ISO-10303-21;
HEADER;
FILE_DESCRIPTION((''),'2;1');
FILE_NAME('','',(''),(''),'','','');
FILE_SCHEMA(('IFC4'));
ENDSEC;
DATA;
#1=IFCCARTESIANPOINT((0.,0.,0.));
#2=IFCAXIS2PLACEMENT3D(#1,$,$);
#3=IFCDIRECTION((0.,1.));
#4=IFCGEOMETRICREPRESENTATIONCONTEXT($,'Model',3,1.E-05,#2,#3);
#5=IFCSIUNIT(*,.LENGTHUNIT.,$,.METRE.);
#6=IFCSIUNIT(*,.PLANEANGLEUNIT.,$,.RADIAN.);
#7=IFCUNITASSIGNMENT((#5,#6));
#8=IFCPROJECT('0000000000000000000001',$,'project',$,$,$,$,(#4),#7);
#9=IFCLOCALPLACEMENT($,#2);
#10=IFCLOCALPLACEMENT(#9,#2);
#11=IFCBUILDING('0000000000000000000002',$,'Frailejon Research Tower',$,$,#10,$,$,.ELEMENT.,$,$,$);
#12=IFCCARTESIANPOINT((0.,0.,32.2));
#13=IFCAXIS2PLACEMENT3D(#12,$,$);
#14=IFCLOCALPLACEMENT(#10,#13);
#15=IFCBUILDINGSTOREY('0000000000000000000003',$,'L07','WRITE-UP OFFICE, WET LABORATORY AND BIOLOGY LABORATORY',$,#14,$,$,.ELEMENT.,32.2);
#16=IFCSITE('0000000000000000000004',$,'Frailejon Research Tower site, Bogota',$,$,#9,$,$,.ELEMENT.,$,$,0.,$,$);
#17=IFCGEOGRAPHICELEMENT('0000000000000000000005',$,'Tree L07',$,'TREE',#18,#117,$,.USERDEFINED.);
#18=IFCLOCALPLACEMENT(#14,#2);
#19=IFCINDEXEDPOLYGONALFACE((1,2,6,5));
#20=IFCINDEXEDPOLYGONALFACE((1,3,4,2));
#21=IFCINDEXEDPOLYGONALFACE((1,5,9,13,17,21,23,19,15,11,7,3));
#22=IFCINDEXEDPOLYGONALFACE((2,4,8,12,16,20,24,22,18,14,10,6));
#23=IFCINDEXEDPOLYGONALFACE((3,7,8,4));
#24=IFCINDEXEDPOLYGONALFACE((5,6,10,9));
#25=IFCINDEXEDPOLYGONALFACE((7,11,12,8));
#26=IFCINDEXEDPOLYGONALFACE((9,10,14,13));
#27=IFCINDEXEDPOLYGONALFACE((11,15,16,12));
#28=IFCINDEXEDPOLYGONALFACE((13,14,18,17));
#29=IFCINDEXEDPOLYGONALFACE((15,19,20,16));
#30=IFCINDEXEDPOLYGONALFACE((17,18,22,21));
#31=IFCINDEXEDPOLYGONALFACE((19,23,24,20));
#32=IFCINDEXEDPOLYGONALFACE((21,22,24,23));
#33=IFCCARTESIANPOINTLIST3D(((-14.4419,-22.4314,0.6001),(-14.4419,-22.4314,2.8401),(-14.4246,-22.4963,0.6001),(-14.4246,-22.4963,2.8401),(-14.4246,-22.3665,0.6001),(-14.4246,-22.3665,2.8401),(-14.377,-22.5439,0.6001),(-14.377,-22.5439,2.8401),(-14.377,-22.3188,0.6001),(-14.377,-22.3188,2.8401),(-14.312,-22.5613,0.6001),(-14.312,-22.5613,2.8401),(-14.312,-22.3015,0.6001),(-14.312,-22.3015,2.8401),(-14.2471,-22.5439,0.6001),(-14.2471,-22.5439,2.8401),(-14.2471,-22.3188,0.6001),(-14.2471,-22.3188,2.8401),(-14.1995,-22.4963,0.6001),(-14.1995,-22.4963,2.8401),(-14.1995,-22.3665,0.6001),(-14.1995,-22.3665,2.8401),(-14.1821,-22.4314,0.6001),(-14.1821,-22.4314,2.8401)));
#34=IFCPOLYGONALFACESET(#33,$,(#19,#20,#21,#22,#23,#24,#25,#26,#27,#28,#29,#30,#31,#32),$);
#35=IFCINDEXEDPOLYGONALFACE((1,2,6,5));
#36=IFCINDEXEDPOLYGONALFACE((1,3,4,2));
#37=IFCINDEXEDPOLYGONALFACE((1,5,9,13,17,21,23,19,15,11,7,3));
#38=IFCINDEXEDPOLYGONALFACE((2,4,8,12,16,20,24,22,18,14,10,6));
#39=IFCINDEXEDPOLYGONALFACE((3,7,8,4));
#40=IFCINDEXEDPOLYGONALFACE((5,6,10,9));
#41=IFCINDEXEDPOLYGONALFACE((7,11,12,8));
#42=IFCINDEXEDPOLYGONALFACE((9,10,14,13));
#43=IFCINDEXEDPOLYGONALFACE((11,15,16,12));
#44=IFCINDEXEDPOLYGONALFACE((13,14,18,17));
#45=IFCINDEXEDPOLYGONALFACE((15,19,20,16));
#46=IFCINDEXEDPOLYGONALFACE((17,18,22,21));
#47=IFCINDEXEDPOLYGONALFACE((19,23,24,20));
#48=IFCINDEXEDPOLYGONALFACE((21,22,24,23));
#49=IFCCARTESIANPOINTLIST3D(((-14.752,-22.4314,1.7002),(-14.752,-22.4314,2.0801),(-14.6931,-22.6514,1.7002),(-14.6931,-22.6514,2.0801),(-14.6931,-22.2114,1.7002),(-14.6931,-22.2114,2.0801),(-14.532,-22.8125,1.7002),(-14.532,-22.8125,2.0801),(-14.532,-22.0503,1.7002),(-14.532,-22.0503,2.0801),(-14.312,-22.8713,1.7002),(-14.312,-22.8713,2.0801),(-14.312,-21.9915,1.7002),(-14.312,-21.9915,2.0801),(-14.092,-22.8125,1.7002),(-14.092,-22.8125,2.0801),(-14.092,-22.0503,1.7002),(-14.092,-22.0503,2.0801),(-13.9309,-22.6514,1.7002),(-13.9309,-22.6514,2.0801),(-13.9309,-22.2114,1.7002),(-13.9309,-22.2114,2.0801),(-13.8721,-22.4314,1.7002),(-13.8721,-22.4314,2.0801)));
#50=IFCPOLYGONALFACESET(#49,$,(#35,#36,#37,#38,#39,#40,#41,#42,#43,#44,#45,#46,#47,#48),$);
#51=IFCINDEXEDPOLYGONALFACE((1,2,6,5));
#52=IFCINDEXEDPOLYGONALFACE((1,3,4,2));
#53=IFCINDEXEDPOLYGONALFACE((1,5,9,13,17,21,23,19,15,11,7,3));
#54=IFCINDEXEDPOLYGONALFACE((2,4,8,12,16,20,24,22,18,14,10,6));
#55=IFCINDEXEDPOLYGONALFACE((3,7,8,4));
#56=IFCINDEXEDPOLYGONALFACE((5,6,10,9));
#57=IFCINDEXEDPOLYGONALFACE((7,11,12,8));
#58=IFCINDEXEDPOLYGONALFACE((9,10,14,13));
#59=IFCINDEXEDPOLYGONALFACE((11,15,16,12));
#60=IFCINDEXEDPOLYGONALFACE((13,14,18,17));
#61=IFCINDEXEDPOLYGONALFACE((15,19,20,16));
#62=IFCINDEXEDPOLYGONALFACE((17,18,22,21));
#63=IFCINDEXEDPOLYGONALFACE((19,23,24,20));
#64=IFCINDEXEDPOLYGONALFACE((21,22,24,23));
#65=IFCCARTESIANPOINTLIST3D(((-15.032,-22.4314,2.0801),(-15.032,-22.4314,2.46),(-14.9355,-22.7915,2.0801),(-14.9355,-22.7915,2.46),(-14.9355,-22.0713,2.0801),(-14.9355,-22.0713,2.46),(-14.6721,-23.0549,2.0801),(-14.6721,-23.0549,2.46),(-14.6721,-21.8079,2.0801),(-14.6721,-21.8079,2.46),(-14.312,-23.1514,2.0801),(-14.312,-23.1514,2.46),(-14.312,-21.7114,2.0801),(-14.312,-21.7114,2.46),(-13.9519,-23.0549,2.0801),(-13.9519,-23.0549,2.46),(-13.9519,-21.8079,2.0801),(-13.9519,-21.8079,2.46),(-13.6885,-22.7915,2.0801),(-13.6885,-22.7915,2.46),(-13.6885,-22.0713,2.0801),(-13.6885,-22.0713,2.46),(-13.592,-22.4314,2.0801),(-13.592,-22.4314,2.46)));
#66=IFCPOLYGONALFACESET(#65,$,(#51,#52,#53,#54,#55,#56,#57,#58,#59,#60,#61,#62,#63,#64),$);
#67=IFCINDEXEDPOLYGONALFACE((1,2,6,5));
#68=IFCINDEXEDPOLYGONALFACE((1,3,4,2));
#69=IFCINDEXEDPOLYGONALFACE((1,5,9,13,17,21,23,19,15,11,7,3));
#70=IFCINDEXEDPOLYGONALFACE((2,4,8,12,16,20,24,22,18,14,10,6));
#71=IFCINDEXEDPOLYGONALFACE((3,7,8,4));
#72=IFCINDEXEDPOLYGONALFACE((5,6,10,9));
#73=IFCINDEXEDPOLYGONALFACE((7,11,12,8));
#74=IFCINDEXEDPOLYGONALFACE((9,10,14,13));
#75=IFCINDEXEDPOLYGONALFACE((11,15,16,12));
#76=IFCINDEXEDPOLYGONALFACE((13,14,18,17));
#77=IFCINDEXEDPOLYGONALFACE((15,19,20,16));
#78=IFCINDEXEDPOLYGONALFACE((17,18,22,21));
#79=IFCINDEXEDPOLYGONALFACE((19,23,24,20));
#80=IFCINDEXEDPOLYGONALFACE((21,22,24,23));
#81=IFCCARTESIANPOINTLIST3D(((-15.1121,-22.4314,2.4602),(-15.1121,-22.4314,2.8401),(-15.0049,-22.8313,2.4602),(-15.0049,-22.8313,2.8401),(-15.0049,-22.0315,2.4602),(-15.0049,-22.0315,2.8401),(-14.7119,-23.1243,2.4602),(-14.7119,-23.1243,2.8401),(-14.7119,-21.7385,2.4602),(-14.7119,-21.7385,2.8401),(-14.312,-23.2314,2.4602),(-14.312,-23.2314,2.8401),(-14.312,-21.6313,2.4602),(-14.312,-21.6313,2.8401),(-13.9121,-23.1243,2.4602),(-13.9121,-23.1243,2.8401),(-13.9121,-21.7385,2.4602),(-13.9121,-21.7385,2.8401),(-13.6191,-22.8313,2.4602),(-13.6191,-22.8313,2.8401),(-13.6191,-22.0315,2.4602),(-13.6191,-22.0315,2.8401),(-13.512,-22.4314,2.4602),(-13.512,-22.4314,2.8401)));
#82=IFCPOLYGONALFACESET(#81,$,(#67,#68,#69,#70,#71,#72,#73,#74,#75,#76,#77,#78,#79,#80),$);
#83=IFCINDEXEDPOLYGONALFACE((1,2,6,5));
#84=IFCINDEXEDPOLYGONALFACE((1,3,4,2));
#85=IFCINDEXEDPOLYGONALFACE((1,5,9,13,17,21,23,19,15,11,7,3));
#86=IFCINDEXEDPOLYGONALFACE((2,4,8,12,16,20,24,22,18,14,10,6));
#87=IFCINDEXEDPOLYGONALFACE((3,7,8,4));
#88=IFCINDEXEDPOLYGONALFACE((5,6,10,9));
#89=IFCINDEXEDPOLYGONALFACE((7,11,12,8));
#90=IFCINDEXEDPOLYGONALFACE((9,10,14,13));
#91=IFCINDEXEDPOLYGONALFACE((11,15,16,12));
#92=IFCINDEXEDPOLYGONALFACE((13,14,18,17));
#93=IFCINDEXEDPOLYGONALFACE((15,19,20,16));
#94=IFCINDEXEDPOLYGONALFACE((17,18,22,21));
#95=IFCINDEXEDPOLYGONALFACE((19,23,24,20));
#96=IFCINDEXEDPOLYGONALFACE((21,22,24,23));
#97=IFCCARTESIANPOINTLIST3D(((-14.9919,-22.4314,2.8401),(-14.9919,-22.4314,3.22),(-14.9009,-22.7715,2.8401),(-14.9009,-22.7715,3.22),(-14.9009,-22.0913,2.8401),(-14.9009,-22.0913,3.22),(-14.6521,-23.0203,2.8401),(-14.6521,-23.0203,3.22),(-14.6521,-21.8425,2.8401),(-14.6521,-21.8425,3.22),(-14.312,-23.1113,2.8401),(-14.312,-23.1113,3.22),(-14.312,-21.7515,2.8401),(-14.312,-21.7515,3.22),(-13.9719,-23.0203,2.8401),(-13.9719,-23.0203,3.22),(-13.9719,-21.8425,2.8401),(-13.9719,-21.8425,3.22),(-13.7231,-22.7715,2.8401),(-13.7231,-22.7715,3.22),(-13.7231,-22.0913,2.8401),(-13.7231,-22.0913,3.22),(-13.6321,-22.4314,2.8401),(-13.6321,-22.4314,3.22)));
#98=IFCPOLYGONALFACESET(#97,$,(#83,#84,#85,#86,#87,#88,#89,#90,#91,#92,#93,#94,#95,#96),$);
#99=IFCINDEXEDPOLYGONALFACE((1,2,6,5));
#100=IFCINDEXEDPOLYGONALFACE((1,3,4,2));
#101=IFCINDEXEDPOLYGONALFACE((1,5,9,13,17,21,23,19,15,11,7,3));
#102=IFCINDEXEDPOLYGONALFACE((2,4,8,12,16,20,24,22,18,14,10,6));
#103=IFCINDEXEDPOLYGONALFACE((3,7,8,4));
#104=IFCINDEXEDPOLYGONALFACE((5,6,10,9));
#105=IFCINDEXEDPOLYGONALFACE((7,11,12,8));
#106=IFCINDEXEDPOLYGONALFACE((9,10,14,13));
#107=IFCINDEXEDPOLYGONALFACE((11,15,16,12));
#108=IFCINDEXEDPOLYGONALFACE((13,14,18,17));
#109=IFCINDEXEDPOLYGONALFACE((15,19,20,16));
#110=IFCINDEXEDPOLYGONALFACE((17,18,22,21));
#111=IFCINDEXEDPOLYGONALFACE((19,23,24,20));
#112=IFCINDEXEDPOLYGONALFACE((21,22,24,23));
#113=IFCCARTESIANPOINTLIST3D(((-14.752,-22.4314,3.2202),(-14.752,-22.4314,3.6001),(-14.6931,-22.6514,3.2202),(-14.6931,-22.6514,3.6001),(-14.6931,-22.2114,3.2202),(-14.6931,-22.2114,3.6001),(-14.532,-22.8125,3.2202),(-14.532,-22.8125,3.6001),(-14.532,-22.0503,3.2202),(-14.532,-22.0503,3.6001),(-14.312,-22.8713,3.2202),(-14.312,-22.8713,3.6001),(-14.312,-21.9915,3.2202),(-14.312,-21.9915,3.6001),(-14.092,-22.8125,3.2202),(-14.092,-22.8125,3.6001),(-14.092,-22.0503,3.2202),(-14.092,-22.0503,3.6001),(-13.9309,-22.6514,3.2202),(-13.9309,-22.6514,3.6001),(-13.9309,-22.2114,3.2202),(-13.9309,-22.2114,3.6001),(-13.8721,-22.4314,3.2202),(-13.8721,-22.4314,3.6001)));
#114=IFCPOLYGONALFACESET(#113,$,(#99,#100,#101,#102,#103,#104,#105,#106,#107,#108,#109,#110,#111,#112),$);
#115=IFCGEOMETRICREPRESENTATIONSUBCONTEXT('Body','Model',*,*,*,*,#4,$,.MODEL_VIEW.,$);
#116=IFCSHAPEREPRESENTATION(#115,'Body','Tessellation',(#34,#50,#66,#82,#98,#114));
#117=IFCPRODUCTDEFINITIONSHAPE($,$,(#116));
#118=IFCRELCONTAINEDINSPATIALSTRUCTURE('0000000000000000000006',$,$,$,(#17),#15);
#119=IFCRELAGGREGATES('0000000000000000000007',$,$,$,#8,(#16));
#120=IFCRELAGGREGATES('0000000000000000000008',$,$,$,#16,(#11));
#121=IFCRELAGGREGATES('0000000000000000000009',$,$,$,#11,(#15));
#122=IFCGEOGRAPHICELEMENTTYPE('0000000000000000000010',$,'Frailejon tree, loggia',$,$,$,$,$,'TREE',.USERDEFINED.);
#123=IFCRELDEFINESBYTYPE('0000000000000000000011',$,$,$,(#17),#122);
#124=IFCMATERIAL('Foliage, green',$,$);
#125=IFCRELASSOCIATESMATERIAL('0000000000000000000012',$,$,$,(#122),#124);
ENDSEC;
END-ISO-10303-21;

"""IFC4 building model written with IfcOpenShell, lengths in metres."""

from ifc_helpers import new_model, si_unit, direction, frame, origin, place, context, subcontext, project, spatial, polyline, outline, extrude, material, type_object, element, save


model = new_model("IFC4")

# Units and contexts
model_context = context("Model", 3, precision=1e-05, world=origin(), true_north=direction((0.0, 1.0)))
body_context = subcontext(model_context, "Body", "Model", "MODEL_VIEW")
ifc_project = project(units=[si_unit("LENGTHUNIT", "METRE"), si_unit("PLANEANGLEUNIT", "RADIAN")], contexts=[model_context])

# Site, building, storey
site_placement = place(None, origin())
site = spatial("IfcSite", under=ifc_project, at=site_placement, Name="Frailejon Research Tower site, Bogota", CompositionType="ELEMENT", RefElevation=0.0)
building_placement = place(site_placement, origin())
building = spatial("IfcBuilding", under=site, at=building_placement, Name="Frailejon Research Tower", CompositionType="ELEMENT")
storey_placement = place(building_placement, frame((0.0, 0.0, 32.2)))
storey = spatial("IfcBuildingStorey", under=building, at=storey_placement, Name="L07", Description="WRITE-UP OFFICE, WET LABORATORY AND BIOLOGY LABORATORY", CompositionType="ELEMENT", Elevation=32.2)

# Geographic element
ifc_material_1 = material(Name="Foliage, green")
geographic_element_type = type_object("IfcGeographicElementType", Name="Frailejon tree, loggia", ElementType="TREE", PredefinedType="USERDEFINED", material=ifc_material_1)
geographic_element_placement = place(storey_placement, frame((-14.312, -22.4314, 0.6001)))
element("IfcGeographicElement", 1, at=geographic_element_placement, inside=storey, type_object=geographic_element_type, Name="Tree L07", ObjectType="TREE", PredefinedType="USERDEFINED", context=body_context, shape_type="SweptSolid", body=[
    extrude(outline(polyline([(0.1299, 0.0), (0.1125, 0.0649), (0.0649, 0.1125), (0.0, 0.1299), (-0.0649, 0.1125), (-0.1125, 0.0649), (-0.1299, 0.0), (-0.1125, -0.0649), (-0.0649, -0.1125), (0.0, -0.1299), (0.0649, -0.1125), (0.1125, -0.0649), (0.1299, 0.0)])), origin(), (0.0, 0.0, 1.0), 2.24),
    extrude(outline(polyline([(0.4399, 0.0), (0.3811, 0.22), (0.22, 0.3811), (0.0, 0.4399), (-0.22, 0.3811), (-0.3811, 0.22), (-0.4399, 0.0), (-0.3811, -0.22), (-0.22, -0.3811), (0.0, -0.4399), (0.22, -0.3811), (0.3811, -0.22), (0.4399, 0.0)])), frame((0.0, 0.0, 1.1001)), (0.0, 0.0, 1.0), 0.3799),
    extrude(outline(polyline([(0.72, 0.0), (0.6235, 0.3601), (0.3601, 0.6235), (0.0, 0.72), (-0.3601, 0.6235), (-0.6235, 0.3601), (-0.72, 0.0), (-0.6235, -0.3601), (-0.3601, -0.6235), (0.0, -0.72), (0.3601, -0.6235), (0.6235, -0.3601), (0.72, 0.0)])), frame((0.0, 0.0, 1.48)), (0.0, 0.0, 1.0), 0.3799),
    extrude(outline(polyline([(0.8, 0.0), (0.6929, 0.3999), (0.3999, 0.6929), (0.0, 0.8), (-0.3999, 0.6929), (-0.6929, 0.3999), (-0.8, 0.0), (-0.6929, -0.3999), (-0.3999, -0.6929), (0.0, -0.8), (0.3999, -0.6929), (0.6929, -0.3999), (0.8, 0.0)])), frame((0.0, 0.0, 1.8601)), (0.0, 0.0, 1.0), 0.3799),
    extrude(outline(polyline([(0.6799, 0.0), (0.5889, 0.3401), (0.3401, 0.5889), (0.0, 0.6799), (-0.3401, 0.5889), (-0.5889, 0.3401), (-0.6799, 0.0), (-0.5889, -0.3401), (-0.3401, -0.5889), (0.0, -0.6799), (0.3401, -0.5889), (0.5889, -0.3401), (0.6799, 0.0)])), frame((0.0, 0.0, 2.24)), (0.0, 0.0, 1.0), 0.3799),
    extrude(outline(polyline([(0.4399, 0.0), (0.3811, 0.22), (0.22, 0.3811), (0.0, 0.4399), (-0.22, 0.3811), (-0.3811, 0.22), (-0.4399, 0.0), (-0.3811, -0.22), (-0.22, -0.3811), (0.0, -0.4399), (0.22, -0.3811), (0.3811, -0.22), (0.4399, 0.0)])), frame((0.0, 0.0, 2.6201)), (0.0, 0.0, 1.0), 0.3799),
])

save(model, "model.ifc")
